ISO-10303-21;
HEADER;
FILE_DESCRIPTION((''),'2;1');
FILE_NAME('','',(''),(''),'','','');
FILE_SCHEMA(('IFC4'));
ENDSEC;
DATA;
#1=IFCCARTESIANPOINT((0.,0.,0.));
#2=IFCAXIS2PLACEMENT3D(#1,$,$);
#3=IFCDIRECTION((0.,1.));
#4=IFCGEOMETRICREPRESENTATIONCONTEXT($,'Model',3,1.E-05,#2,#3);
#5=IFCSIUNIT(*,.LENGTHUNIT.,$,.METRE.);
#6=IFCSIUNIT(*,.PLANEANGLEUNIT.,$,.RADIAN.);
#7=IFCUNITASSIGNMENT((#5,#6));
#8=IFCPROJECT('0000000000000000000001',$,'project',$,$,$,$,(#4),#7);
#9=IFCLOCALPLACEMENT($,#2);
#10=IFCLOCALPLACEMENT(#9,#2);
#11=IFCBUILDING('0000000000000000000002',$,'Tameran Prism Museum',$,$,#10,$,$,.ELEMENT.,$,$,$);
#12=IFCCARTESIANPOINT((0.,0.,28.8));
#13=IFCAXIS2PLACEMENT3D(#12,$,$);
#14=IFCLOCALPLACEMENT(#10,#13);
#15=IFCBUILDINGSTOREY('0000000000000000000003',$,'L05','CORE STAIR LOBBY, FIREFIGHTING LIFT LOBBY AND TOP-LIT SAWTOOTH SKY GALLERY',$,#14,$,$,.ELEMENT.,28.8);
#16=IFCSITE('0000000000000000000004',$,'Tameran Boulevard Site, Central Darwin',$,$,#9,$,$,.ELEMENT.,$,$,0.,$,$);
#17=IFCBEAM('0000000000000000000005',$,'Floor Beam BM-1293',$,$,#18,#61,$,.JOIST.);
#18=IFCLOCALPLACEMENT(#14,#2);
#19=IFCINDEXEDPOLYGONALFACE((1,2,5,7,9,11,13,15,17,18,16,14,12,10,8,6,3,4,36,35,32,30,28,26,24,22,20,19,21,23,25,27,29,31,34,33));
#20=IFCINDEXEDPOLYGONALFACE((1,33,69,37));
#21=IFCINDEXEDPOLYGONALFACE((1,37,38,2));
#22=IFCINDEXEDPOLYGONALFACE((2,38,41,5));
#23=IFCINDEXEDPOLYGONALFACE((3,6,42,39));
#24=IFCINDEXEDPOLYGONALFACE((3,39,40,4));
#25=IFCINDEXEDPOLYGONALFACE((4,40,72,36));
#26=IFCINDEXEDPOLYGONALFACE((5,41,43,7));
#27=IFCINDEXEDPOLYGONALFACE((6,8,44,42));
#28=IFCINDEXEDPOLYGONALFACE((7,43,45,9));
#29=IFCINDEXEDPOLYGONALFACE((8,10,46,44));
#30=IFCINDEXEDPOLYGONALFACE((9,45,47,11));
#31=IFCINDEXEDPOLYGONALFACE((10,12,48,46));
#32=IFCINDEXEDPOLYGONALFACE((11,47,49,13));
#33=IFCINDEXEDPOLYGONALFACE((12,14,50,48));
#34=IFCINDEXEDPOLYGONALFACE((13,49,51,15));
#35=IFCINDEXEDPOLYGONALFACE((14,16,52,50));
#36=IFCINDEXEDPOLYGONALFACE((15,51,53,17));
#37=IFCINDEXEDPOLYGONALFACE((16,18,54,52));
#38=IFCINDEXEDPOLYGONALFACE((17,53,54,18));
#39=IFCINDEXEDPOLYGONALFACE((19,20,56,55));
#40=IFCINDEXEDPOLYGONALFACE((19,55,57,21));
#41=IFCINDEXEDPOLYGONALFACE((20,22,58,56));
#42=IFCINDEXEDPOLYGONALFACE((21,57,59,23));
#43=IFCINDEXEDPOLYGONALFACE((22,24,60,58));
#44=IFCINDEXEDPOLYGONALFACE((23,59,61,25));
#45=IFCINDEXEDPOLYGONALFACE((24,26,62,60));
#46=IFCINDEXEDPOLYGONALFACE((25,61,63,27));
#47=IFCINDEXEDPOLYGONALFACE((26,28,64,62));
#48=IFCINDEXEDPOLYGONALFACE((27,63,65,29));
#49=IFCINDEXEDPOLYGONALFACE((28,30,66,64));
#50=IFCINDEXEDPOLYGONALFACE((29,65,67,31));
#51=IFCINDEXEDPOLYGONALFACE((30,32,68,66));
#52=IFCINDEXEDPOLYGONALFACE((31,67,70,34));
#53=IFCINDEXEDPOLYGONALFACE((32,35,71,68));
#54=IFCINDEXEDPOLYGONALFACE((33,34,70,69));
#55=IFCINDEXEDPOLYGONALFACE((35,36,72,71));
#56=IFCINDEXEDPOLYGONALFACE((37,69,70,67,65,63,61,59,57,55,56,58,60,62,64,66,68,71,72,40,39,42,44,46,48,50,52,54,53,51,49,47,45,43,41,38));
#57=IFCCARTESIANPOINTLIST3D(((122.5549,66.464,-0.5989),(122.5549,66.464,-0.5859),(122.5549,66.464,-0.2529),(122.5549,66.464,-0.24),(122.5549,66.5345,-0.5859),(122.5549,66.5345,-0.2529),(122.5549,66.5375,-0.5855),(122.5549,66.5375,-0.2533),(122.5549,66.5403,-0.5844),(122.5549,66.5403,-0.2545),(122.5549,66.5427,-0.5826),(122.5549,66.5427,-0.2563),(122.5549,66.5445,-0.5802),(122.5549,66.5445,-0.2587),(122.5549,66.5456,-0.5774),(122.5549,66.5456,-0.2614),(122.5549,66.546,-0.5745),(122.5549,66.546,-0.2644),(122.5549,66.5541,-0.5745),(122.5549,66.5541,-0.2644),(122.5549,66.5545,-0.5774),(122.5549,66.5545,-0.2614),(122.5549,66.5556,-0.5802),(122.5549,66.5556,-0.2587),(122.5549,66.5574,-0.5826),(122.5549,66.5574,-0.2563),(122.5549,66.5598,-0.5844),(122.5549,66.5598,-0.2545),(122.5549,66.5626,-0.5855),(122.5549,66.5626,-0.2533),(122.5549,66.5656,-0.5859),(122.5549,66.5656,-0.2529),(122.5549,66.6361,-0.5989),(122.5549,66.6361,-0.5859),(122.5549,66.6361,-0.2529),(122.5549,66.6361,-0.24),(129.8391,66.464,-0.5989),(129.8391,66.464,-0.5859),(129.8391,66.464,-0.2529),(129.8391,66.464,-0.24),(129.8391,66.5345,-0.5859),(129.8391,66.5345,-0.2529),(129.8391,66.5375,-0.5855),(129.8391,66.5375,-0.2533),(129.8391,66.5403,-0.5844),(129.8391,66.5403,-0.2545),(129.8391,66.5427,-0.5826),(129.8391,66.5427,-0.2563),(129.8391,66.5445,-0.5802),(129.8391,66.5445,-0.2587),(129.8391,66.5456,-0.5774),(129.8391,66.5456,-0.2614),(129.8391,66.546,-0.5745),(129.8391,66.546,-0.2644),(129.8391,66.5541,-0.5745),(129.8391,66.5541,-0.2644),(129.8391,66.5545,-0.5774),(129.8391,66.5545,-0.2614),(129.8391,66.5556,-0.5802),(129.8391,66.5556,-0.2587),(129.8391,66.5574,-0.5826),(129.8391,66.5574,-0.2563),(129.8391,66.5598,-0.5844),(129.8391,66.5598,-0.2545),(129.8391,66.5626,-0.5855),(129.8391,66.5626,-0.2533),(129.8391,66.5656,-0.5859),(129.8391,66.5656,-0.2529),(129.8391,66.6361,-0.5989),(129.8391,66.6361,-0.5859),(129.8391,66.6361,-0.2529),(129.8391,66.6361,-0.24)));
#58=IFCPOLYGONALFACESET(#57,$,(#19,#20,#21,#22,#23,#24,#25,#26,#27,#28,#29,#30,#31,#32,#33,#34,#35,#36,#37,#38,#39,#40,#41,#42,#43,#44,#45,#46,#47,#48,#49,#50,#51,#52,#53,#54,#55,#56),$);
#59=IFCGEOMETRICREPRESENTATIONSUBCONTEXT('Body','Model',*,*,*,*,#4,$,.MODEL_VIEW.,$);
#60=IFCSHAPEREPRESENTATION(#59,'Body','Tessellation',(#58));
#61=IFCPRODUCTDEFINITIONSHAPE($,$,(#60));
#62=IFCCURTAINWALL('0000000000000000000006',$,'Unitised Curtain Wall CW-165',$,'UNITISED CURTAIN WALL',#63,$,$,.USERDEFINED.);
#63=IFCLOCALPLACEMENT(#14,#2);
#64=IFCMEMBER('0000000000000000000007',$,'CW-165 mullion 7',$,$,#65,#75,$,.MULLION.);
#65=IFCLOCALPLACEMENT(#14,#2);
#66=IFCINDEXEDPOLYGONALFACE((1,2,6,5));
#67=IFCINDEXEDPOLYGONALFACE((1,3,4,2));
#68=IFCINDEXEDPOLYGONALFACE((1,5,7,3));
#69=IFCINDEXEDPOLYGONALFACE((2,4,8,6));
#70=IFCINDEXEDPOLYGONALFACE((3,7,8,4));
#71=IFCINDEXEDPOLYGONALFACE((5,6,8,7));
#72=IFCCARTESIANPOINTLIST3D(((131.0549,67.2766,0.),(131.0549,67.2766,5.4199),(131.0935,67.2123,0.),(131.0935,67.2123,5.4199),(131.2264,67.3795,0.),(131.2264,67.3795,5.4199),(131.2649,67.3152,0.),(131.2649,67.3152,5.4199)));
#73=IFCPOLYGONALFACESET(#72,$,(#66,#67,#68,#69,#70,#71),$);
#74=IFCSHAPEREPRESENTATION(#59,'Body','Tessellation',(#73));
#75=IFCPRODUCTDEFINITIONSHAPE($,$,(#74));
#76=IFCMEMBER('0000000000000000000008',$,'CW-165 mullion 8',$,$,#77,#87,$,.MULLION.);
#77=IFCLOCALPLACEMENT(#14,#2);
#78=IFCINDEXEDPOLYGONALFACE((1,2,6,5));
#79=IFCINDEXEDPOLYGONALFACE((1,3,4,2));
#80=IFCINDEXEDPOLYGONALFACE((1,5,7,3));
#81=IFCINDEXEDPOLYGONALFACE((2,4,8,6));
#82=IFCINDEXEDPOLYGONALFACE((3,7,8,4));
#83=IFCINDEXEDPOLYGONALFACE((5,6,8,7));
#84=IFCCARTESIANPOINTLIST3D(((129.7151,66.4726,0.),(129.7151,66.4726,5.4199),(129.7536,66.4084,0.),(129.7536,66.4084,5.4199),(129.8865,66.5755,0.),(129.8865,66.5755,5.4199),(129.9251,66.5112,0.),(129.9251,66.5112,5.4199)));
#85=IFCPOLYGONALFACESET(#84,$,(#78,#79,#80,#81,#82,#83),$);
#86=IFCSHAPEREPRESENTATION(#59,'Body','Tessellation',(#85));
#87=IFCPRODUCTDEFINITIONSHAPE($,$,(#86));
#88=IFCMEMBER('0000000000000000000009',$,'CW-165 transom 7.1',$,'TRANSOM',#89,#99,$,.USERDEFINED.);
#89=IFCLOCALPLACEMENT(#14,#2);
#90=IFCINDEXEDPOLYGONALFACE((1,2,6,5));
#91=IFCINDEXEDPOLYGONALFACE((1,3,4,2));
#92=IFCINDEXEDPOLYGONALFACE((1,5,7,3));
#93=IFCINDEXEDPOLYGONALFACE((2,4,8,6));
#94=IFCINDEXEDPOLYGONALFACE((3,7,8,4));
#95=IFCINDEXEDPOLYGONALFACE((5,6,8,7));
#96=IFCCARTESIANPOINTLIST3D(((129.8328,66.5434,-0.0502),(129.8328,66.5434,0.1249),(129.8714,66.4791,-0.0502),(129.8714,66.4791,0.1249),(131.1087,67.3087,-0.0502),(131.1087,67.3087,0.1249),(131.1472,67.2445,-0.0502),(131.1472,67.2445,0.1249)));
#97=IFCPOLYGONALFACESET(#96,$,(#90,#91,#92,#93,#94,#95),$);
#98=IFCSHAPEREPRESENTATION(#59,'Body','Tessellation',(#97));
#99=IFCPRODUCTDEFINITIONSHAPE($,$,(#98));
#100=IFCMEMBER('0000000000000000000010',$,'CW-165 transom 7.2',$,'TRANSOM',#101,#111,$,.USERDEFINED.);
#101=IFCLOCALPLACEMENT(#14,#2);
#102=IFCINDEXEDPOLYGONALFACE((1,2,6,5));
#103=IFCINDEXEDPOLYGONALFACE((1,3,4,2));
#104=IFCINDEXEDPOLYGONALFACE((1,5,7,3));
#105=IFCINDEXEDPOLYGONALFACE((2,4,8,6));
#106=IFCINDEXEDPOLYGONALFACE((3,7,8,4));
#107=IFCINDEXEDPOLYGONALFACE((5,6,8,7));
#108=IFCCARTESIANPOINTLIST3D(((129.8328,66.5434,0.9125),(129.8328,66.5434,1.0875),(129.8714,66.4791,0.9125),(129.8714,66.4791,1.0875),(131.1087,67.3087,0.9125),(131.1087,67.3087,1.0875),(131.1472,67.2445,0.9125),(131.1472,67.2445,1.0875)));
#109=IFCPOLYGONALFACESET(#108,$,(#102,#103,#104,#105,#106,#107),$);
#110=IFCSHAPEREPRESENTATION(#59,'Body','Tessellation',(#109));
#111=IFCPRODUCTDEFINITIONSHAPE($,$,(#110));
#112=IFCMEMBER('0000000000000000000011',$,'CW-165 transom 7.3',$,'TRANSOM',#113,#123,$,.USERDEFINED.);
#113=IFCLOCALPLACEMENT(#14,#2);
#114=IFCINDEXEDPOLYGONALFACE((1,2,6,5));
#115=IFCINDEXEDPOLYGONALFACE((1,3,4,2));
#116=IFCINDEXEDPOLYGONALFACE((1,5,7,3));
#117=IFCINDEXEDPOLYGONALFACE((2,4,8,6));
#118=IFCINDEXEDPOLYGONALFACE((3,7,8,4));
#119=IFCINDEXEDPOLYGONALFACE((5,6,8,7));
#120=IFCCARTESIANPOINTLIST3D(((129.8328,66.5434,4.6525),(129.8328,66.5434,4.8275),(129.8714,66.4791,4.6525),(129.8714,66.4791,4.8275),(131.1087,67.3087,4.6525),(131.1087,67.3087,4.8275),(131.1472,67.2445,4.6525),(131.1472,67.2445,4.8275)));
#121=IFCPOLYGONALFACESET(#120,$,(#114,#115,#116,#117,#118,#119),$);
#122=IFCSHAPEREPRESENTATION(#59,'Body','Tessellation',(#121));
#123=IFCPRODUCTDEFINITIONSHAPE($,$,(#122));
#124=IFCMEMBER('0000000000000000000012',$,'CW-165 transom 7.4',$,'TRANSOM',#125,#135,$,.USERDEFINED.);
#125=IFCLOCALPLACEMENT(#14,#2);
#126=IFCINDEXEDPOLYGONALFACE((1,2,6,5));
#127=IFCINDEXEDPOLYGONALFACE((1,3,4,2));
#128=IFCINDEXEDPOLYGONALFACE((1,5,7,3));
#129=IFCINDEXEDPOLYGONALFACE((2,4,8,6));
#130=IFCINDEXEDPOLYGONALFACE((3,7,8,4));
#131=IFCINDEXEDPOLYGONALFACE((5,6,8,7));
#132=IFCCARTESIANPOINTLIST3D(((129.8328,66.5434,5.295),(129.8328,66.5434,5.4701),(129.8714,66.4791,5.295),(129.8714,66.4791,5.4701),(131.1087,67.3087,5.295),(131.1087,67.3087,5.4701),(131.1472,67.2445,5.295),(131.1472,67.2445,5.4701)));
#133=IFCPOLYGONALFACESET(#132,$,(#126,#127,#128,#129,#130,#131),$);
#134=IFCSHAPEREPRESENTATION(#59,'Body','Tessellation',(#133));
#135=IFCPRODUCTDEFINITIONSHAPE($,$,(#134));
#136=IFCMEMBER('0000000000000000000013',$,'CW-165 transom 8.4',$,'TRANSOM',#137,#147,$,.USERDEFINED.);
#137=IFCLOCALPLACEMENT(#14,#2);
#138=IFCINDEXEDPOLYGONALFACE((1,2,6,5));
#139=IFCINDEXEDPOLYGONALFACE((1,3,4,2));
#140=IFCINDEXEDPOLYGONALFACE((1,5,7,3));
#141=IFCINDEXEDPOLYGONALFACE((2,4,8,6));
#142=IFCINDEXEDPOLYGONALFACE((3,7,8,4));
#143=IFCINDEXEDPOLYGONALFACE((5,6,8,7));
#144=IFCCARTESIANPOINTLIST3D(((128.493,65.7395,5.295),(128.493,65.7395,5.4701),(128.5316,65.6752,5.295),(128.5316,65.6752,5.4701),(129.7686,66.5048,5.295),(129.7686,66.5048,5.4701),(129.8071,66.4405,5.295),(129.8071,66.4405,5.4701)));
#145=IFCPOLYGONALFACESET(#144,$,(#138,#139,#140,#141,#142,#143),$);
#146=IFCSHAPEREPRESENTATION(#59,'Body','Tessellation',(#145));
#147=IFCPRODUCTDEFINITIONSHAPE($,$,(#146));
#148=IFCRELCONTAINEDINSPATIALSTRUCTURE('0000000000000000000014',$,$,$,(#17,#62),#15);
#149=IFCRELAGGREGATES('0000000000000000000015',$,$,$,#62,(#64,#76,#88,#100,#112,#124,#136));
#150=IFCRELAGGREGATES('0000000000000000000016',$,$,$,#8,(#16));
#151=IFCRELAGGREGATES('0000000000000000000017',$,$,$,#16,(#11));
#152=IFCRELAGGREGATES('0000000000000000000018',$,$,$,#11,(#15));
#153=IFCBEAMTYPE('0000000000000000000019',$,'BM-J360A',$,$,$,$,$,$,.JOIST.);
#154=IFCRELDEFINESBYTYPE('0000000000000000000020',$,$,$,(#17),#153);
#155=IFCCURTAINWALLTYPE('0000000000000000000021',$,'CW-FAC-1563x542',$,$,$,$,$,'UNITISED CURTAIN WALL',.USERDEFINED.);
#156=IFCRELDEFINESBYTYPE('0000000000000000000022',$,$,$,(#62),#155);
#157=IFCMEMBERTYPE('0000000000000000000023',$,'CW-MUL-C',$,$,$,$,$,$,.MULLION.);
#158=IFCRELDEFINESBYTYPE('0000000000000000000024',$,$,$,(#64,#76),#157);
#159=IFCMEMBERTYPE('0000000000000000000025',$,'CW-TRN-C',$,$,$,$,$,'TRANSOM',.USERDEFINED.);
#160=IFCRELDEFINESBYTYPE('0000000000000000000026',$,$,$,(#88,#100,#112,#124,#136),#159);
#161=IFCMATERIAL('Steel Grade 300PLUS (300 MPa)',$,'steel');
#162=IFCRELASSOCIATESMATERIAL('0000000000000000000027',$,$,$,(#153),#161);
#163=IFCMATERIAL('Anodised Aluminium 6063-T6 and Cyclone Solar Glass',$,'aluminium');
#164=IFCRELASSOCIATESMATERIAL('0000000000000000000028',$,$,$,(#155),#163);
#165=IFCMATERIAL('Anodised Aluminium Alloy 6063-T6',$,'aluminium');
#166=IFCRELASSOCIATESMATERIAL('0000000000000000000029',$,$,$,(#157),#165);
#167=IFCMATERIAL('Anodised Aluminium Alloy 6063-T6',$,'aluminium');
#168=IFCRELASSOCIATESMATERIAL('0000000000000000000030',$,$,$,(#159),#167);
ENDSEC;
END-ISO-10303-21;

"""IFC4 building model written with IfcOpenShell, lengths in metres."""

from ifc_helpers import new_model, si_unit, direction, frame, origin, origin_2d, place, context, subcontext, project, spatial, rectangle, i_section, extrude, material, material_profile, profile_set, type_object, element, aggregate, save


model = new_model("IFC4")

# Units and contexts
model_context = context("Model", 3, precision=1e-05, world=origin(), true_north=direction((0.0, 1.0)))
body_context = subcontext(model_context, "Body", "Model", "MODEL_VIEW")
ifc_project = project(units=[si_unit("LENGTHUNIT", "METRE"), si_unit("PLANEANGLEUNIT", "RADIAN")], contexts=[model_context])

# Site, building, storey
site_placement = place(None, origin())
site = spatial("IfcSite", under=ifc_project, at=site_placement, Name="Tameran Boulevard Site, Central Darwin", CompositionType="ELEMENT", RefElevation=0.0)
building_placement = place(site_placement, origin())
building = spatial("IfcBuilding", under=site, at=building_placement, Name="Tameran Prism Museum", CompositionType="ELEMENT")
storey_placement = place(building_placement, frame((0.0, 0.0, 28.8)))
storey = spatial("IfcBuildingStorey", under=building, at=storey_placement, Name="L05", Description="CORE STAIR LOBBY, FIREFIGHTING LIFT LOBBY AND TOP-LIT SAWTOOTH SKY GALLERY", CompositionType="ELEMENT", Elevation=28.8)

# Beam
ifc_material_1 = material(Name="Steel Grade 300PLUS (300 MPa)", Category="steel")
ifc_material_profile_1 = material_profile(ifc_material_1, i_section(OverallWidth=0.1721, OverallDepth=0.3589, WebThickness=0.0081, FlangeThickness=0.0129, FilletRadius=0.0115, at=origin_2d()))
ifc_profile_set_1 = profile_set([ifc_material_profile_1])
beam_type = type_object("IfcBeamType", Name="BM-J360A", PredefinedType="JOIST", material=ifc_profile_set_1)
beam_placement = place(storey_placement, frame((122.5549, 66.55, -0.4194), z_axis=(1.0, 0.0, 0.0), x_axis=(0.0, 1.0, 0.0)))
element("IfcBeam", 1, at=beam_placement, inside=storey, type_object=beam_type, Name="Floor Beam BM-1293", PredefinedType="JOIST", context=body_context, shape_type="SweptSolid", body=[
    extrude(i_section(OverallWidth=0.1721, OverallDepth=0.3589, WebThickness=0.0081, FlangeThickness=0.0129, FilletRadius=0.0115, at=origin_2d()), origin(), (0.0, 0.0, 1.0), 7.2842),
])

# Curtain wall, members
ifc_material_2 = material(Name="Anodised Aluminium 6063-T6 and Cyclone Solar Glass", Category="aluminium")
curtain_wall_type = type_object("IfcCurtainWallType", Name="CW-FAC-1563x542", ElementType="UNITISED CURTAIN WALL", PredefinedType="USERDEFINED", material=ifc_material_2)
curtain_wall_placement = place(storey_placement, origin())
curtain_wall = element("IfcCurtainWall", 2, at=curtain_wall_placement, inside=storey, type_object=curtain_wall_type, Name="Unitised Curtain Wall CW-165", ObjectType="UNITISED CURTAIN WALL", PredefinedType="USERDEFINED")
ifc_material_3 = material(Name="Anodised Aluminium Alloy 6063-T6", Category="aluminium")
ifc_material_profile_2 = material_profile(ifc_material_3, rectangle(XDim=0.075, YDim=0.2, at=origin_2d()))
ifc_profile_set_2 = profile_set([ifc_material_profile_2])
member_type_1 = type_object("IfcMemberType", Name="CW-MUL-C", PredefinedType="MULLION", material=ifc_profile_set_2)
member_1_placement = place(storey_placement, frame((131.1599, 67.2959, 0.0), z_axis=(0.0, 0.0, 1.0), x_axis=(0.514496, -0.857493, 0.0)))
member_1 = element("IfcMember", 3, at=member_1_placement, type_object=member_type_1, Name="CW-165 mullion 7", PredefinedType="MULLION", context=body_context, shape_type="SweptSolid", body=[
    extrude(rectangle(XDim=0.075, YDim=0.2, at=origin_2d()), origin(), (0.0, 0.0, 1.0), 5.4199),
])
member_2_placement = place(storey_placement, frame((129.8201, 66.4919, 0.0), z_axis=(0.0, 0.0, 1.0), x_axis=(0.514496, -0.857493, 0.0)))
member_2 = element("IfcMember", 4, at=member_2_placement, type_object=member_type_1, Name="CW-165 mullion 8", PredefinedType="MULLION", context=body_context, shape_type="SweptSolid", body=[
    extrude(rectangle(XDim=0.075, YDim=0.2, at=origin_2d()), origin(), (0.0, 0.0, 1.0), 5.4199),
])
ifc_material_4 = material(Name="Anodised Aluminium Alloy 6063-T6", Category="aluminium")
ifc_material_profile_3 = material_profile(ifc_material_4, rectangle(XDim=0.075, YDim=0.175, at=origin_2d()))
ifc_profile_set_3 = profile_set([ifc_material_profile_3])
member_type_2 = type_object("IfcMemberType", Name="CW-TRN-C", ElementType="TRANSOM", PredefinedType="USERDEFINED", material=ifc_profile_set_3)
member_3_placement = place(storey_placement, frame((131.1279, 67.2766, 0.0374), z_axis=(-0.857536, -0.514423, 0.0), x_axis=(0.514423, -0.857536, 0.0)))
member_3 = element("IfcMember", 5, at=member_3_placement, type_object=member_type_2, Name="CW-165 transom 7.1", ObjectType="TRANSOM", PredefinedType="USERDEFINED", context=body_context, shape_type="SweptSolid", body=[
    extrude(rectangle(XDim=0.075, YDim=0.175, at=origin_2d()), origin(), (0.0, 0.0, 1.0), 1.4878),
])
member_4_placement = place(storey_placement, frame((131.1279, 67.2766, 1.0), z_axis=(-0.857536, -0.514423, 0.0), x_axis=(0.514423, -0.857536, 0.0)))
member_4 = element("IfcMember", 6, at=member_4_placement, type_object=member_type_2, Name="CW-165 transom 7.2", ObjectType="TRANSOM", PredefinedType="USERDEFINED", context=body_context, shape_type="SweptSolid", body=[
    extrude(rectangle(XDim=0.075, YDim=0.175, at=origin_2d()), origin(), (0.0, 0.0, 1.0), 1.4878),
])
member_5_placement = place(storey_placement, frame((131.1279, 67.2766, 4.74), z_axis=(-0.857536, -0.514423, 0.0), x_axis=(0.514423, -0.857536, 0.0)))
member_5 = element("IfcMember", 7, at=member_5_placement, type_object=member_type_2, Name="CW-165 transom 7.3", ObjectType="TRANSOM", PredefinedType="USERDEFINED", context=body_context, shape_type="SweptSolid", body=[
    extrude(rectangle(XDim=0.075, YDim=0.175, at=origin_2d()), origin(), (0.0, 0.0, 1.0), 1.4878),
])
member_6_placement = place(storey_placement, frame((131.1279, 67.2766, 5.3826), z_axis=(-0.857536, -0.514423, 0.0), x_axis=(0.514423, -0.857536, 0.0)))
member_6 = element("IfcMember", 8, at=member_6_placement, type_object=member_type_2, Name="CW-165 transom 7.4", ObjectType="TRANSOM", PredefinedType="USERDEFINED", context=body_context, shape_type="SweptSolid", body=[
    extrude(rectangle(XDim=0.075, YDim=0.175, at=origin_2d()), origin(), (0.0, 0.0, 1.0), 1.4878),
])
member_7_placement = place(storey_placement, frame((129.7878, 66.4727, 5.3826), z_axis=(-0.857493, -0.514496, 0.0), x_axis=(0.514496, -0.857493, 0.0)))
member_7 = element("IfcMember", 9, at=member_7_placement, type_object=member_type_2, Name="CW-165 transom 8.4", ObjectType="TRANSOM", PredefinedType="USERDEFINED", context=body_context, shape_type="SweptSolid", body=[
    extrude(rectangle(XDim=0.075, YDim=0.175, at=origin_2d()), origin(), (0.0, 0.0, 1.0), 1.4875),
])

aggregate(curtain_wall, [member_1, member_2, member_3, member_4, member_5, member_6, member_7])

save(model, "model.ifc")
